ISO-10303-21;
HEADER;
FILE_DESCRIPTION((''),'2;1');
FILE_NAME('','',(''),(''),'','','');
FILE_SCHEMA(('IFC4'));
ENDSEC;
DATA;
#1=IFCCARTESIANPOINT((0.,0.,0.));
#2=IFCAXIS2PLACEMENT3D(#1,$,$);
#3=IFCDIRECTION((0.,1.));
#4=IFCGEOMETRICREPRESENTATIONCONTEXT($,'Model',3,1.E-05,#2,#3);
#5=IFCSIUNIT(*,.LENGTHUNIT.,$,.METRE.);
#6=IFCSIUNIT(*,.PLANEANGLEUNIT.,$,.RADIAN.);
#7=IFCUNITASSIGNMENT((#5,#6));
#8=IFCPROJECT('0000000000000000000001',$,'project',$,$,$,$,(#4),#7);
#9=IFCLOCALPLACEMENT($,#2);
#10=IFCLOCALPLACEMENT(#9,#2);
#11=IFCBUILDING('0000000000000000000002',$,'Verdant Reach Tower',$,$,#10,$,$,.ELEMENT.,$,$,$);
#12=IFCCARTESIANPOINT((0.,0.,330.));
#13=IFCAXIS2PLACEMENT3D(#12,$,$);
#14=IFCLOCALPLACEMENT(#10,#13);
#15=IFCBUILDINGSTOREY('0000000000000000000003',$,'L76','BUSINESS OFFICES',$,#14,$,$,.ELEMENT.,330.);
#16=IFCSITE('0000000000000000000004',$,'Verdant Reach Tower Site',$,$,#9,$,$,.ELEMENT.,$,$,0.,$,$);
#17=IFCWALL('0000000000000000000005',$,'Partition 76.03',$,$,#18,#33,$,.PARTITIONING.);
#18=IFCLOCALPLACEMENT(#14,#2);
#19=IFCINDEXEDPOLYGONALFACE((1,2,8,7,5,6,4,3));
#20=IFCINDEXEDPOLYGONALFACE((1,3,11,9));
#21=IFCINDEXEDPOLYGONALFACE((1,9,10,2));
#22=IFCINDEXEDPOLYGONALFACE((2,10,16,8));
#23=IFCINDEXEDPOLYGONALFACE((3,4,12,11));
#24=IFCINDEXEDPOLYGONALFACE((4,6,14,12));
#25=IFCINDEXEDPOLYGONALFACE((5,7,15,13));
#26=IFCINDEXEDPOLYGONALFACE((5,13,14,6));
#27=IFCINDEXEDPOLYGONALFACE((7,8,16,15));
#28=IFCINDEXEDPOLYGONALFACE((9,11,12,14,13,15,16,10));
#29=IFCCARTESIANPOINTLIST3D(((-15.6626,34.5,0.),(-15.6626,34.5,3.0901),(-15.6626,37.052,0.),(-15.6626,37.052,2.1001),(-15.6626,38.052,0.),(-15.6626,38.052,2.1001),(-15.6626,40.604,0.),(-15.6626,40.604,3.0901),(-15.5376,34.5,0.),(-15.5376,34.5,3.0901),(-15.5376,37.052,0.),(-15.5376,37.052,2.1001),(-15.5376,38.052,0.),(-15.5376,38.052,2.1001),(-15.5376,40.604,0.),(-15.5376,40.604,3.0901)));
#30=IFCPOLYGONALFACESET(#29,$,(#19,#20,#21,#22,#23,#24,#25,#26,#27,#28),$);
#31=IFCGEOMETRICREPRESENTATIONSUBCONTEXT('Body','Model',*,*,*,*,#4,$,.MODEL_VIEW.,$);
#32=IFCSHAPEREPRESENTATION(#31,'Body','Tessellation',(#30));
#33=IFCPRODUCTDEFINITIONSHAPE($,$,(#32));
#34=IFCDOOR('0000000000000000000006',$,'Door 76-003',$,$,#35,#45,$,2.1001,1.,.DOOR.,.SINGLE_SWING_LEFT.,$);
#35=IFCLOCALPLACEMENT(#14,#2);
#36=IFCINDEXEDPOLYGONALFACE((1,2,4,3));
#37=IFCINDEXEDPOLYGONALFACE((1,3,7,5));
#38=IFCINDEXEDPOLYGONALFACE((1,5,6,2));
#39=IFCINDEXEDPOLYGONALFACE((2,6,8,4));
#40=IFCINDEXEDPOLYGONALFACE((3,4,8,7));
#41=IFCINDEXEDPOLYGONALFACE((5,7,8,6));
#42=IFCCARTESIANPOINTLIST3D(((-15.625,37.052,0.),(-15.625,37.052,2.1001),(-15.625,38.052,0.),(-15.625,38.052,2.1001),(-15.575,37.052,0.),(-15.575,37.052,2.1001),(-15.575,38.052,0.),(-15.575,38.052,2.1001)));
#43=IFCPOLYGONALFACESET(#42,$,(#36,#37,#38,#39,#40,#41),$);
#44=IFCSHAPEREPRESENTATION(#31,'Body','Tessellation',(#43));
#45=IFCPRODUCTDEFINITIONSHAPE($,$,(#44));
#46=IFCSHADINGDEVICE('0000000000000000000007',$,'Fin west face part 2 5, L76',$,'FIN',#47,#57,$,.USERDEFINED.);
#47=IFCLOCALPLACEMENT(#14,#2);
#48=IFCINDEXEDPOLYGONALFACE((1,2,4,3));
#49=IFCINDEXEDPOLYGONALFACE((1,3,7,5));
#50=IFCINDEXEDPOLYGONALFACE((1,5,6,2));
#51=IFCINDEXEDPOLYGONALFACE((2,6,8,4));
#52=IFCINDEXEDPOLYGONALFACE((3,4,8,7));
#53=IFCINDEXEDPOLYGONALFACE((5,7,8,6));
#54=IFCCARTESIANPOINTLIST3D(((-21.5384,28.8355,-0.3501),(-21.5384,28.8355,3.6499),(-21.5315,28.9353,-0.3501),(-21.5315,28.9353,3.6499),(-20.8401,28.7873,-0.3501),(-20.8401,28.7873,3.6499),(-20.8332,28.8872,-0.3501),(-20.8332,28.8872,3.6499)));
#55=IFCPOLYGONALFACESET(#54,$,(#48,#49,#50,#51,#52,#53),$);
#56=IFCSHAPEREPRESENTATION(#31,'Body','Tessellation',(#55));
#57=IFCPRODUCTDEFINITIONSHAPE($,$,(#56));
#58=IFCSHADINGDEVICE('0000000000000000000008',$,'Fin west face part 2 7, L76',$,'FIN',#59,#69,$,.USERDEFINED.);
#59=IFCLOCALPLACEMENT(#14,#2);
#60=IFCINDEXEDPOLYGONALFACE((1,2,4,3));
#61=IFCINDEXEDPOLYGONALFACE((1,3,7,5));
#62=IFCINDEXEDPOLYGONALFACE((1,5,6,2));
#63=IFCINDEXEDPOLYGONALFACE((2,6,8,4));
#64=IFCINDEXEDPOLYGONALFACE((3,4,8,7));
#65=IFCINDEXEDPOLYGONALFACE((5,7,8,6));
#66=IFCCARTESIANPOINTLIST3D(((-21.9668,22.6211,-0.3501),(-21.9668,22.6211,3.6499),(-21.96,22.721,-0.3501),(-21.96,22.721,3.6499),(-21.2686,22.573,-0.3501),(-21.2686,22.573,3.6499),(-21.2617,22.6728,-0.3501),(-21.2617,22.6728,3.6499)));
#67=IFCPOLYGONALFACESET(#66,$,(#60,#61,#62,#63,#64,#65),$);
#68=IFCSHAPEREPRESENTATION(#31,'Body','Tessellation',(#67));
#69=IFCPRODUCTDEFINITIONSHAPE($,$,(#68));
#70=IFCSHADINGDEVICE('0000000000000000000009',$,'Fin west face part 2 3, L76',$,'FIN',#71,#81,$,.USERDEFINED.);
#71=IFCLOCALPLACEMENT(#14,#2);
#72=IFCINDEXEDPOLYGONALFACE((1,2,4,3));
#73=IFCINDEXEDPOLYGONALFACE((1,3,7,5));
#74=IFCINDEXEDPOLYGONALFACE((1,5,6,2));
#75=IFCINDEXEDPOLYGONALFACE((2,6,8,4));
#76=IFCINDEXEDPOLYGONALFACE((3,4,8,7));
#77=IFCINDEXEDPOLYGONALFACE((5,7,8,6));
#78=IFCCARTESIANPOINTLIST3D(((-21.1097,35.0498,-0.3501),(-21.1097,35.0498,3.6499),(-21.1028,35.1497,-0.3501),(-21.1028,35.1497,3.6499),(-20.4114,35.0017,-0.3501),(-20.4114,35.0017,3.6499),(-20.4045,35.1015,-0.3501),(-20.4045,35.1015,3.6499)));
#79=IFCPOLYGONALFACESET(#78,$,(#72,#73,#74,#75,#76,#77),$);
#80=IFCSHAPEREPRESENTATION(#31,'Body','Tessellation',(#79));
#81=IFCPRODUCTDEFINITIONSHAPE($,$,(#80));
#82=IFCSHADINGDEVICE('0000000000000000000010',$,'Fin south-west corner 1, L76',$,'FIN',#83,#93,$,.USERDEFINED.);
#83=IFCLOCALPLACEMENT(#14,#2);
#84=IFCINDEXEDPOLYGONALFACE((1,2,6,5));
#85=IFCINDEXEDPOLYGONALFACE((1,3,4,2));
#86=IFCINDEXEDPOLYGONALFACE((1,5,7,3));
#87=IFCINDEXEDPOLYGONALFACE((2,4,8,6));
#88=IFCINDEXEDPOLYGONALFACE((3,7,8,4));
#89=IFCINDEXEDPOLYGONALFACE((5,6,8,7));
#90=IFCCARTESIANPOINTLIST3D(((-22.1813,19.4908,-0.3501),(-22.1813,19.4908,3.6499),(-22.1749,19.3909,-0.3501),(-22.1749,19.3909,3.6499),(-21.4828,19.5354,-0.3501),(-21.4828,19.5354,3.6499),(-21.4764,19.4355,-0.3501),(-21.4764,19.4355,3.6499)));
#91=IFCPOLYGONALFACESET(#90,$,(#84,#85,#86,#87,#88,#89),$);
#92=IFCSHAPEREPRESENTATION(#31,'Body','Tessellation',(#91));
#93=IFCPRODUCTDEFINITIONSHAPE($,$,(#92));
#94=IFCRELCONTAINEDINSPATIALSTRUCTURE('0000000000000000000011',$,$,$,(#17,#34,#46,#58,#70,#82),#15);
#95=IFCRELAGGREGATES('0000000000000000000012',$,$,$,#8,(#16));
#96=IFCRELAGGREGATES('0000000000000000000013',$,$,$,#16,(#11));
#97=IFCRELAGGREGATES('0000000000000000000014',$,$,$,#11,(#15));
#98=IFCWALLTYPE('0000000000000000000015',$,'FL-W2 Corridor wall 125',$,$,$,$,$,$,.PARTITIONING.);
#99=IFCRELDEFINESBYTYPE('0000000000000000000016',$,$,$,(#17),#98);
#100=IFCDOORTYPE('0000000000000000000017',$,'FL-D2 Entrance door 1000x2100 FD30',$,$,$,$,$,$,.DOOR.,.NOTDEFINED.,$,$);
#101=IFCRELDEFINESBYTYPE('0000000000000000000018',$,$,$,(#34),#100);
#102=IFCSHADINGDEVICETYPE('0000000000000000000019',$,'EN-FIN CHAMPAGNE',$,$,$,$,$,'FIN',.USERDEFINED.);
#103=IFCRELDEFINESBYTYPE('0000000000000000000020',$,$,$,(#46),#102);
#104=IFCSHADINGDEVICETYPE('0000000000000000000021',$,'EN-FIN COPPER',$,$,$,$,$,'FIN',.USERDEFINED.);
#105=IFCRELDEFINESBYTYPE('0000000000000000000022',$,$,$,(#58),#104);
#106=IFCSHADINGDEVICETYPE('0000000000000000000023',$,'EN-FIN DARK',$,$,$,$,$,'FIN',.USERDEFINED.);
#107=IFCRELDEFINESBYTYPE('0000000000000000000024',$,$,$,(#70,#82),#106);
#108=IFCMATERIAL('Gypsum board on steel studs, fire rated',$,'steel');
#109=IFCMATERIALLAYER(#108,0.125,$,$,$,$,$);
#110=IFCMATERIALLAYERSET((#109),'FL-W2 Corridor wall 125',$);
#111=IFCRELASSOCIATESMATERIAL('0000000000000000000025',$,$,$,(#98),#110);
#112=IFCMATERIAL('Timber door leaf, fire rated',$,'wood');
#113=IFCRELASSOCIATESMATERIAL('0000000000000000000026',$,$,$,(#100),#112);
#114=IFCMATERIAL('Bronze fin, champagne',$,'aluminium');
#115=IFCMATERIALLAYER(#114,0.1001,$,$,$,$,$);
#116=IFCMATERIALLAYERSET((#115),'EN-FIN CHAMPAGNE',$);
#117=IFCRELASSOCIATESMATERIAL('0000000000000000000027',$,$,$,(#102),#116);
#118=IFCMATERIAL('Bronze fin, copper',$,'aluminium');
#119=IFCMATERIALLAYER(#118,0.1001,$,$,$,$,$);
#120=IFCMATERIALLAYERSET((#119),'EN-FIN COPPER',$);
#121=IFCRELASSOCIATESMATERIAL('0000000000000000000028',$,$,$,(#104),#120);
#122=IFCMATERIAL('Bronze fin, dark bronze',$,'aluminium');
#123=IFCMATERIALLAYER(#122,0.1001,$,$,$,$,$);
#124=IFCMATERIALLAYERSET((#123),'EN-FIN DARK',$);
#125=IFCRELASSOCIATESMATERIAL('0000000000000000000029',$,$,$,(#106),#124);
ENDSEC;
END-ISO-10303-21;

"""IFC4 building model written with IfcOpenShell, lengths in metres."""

from ifc_helpers import new_model, si_unit, direction, frame, frame_2d, origin, origin_2d, place, context, subcontext, project, spatial, rectangle, extrude, material, layer, layer_set, type_object, element, fill, save


model = new_model("IFC4")

# Units and contexts
model_context = context("Model", 3, precision=1e-05, world=origin(), true_north=direction((0.0, 1.0)))
body_context = subcontext(model_context, "Body", "Model", "MODEL_VIEW")
ifc_project = project(units=[si_unit("LENGTHUNIT", "METRE"), si_unit("PLANEANGLEUNIT", "RADIAN")], contexts=[model_context])

# Site, building, storey
site_placement = place(None, origin())
site = spatial("IfcSite", under=ifc_project, at=site_placement, Name="Verdant Reach Tower Site", CompositionType="ELEMENT", RefElevation=0.0)
building_placement = place(site_placement, origin())
building = spatial("IfcBuilding", under=site, at=building_placement, Name="Verdant Reach Tower", CompositionType="ELEMENT")
storey_placement = place(building_placement, frame((0.0, 0.0, 330.0)))
storey = spatial("IfcBuildingStorey", under=building, at=storey_placement, Name="L76", Description="BUSINESS OFFICES", CompositionType="ELEMENT", Elevation=330.0)

# Wall, opening, door
ifc_material_1 = material(Name="Gypsum board on steel studs, fire rated", Category="steel")
ifc_layer_1 = layer(ifc_material_1, 0.125)
ifc_layer_set_1 = layer_set([ifc_layer_1], Name="FL-W2 Corridor wall 125")
wall_type_1 = type_object("IfcWallType", Name="FL-W2 Corridor wall 125", PredefinedType="PARTITIONING", material=ifc_layer_set_1)
ifc_material_2 = material(Name="Timber door leaf, fire rated", Category="wood")
door_type = type_object("IfcDoorType", Name="FL-D2 Entrance door 1000x2100 FD30", OperationType="NOTDEFINED", PredefinedType="DOOR", material=ifc_material_2)
wall_1_placement = place(storey_placement, frame((-15.6001, 34.5, 0.0), z_axis=(0.0, 0.0, 1.0), x_axis=(0.0, 1.0, 0.0)))
wall_1 = element("IfcWall", 1, at=wall_1_placement, inside=storey, type_object=wall_type_1, Name="Partition 76.03", PredefinedType="PARTITIONING", context=body_context, shape_type="SweptSolid", body=[
    extrude(rectangle(XDim=6.104, YDim=0.125, at=frame_2d((3.052, 0.0))), origin(), (0.0, 0.0, 1.0), 3.0901),
])
opening_1_placement = place(wall_1_placement, frame((2.552, 0.0, 0.0)))
opening_1 = element("IfcOpeningElement", 2, at=opening_1_placement, cuts=wall_1, PredefinedType="OPENING", context=body_context, shape_type="SweptSolid", body=[
    extrude(rectangle(XDim=1.0, YDim=2.1001, at=frame_2d((0.5, 1.05))), frame((0.0, 0.0725, 0.0), z_axis=(0.0, -1.0, 0.0), x_axis=(1.0, 0.0, 0.0)), (0.0, 0.0, 1.0), 0.145),
])
door_1_placement = place(opening_1_placement, origin())
door_1 = element("IfcDoor", 3, at=door_1_placement, inside=storey, type_object=door_type, Name="Door 76-003", OperationType="SINGLE_SWING_LEFT", OverallHeight=2.1001, OverallWidth=1.0, PredefinedType="DOOR", context=body_context, shape_type="SweptSolid", body=[
    extrude(rectangle(XDim=1.0, YDim=2.1001, at=frame_2d((0.5, 1.05))), frame((0.0, 0.0249, 0.0), z_axis=(0.0, -1.0, 0.0), x_axis=(1.0, 0.0, 0.0)), (0.0, 0.0, 1.0), 0.05),
])
fill(opening_1, door_1)

# Shading devices
ifc_material_3 = material(Name="Bronze fin, champagne", Category="aluminium")
ifc_layer_2 = layer(ifc_material_3, 0.1001)
ifc_layer_set_2 = layer_set([ifc_layer_2], Name="EN-FIN CHAMPAGNE")
shading_device_type_1 = type_object("IfcShadingDeviceType", Name="EN-FIN CHAMPAGNE", ElementType="FIN", PredefinedType="USERDEFINED", material=ifc_layer_set_2)
shading_device_1_placement = place(storey_placement, frame((-21.1858, 28.8613, -0.3501), z_axis=(0.0, 0.0, 1.0), x_axis=(-0.068802, -0.99763, 0.0)))
element("IfcShadingDevice", 4, at=shading_device_1_placement, inside=storey, type_object=shading_device_type_1, Name="Fin west face part 2 5, L76", ObjectType="FIN", PredefinedType="USERDEFINED", context=body_context, shape_type="SweptSolid", body=[
    extrude(rectangle(XDim=0.1001, YDim=0.7, at=origin_2d()), origin(), (0.0, 0.0, 1.0), 4.0),
])
ifc_material_4 = material(Name="Bronze fin, copper", Category="aluminium")
ifc_layer_3 = layer(ifc_material_4, 0.1001)
ifc_layer_set_3 = layer_set([ifc_layer_3], Name="EN-FIN COPPER")
shading_device_type_2 = type_object("IfcShadingDeviceType", Name="EN-FIN COPPER", ElementType="FIN", PredefinedType="USERDEFINED", material=ifc_layer_set_3)
shading_device_2_placement = place(storey_placement, frame((-21.6143, 22.647, -0.3501), z_axis=(0.0, 0.0, 1.0), x_axis=(-0.068802, -0.99763, 0.0)))
element("IfcShadingDevice", 5, at=shading_device_2_placement, inside=storey, type_object=shading_device_type_2, Name="Fin west face part 2 7, L76", ObjectType="FIN", PredefinedType="USERDEFINED", context=body_context, shape_type="SweptSolid", body=[
    extrude(rectangle(XDim=0.1001, YDim=0.7, at=origin_2d()), origin(), (0.0, 0.0, 1.0), 4.0),
])
ifc_material_5 = material(Name="Bronze fin, dark bronze", Category="aluminium")
ifc_layer_4 = layer(ifc_material_5, 0.1001)
ifc_layer_set_4 = layer_set([ifc_layer_4], Name="EN-FIN DARK")
shading_device_type_3 = type_object("IfcShadingDeviceType", Name="EN-FIN DARK", ElementType="FIN", PredefinedType="USERDEFINED", material=ifc_layer_set_4)
for number, where, z_axis, x_axis, name in (
    (6, (-20.7571, 35.0757, -0.3501), (0.0, 0.0, 1.0), (-0.068802, -0.99763, 0.0), "Fin west face part 2 3, L76"),
    (7, (-21.8289, 19.4631, -0.3501), (0.0, 0.0, 1.0), (0.063699, -0.997969, 0.0), "Fin south-west corner 1, L76"),
):
    element("IfcShadingDevice", number, at=place(storey_placement, frame(where, z_axis=z_axis, x_axis=x_axis)), inside=storey, type_object=shading_device_type_3, Name=name, ObjectType="FIN", PredefinedType="USERDEFINED", context=body_context, shape_type="SweptSolid", body=[
        extrude(rectangle(XDim=0.1001, YDim=0.7, at=origin_2d()), origin(), (0.0, 0.0, 1.0), 4.0),
    ])

save(model, "model.ifc")
